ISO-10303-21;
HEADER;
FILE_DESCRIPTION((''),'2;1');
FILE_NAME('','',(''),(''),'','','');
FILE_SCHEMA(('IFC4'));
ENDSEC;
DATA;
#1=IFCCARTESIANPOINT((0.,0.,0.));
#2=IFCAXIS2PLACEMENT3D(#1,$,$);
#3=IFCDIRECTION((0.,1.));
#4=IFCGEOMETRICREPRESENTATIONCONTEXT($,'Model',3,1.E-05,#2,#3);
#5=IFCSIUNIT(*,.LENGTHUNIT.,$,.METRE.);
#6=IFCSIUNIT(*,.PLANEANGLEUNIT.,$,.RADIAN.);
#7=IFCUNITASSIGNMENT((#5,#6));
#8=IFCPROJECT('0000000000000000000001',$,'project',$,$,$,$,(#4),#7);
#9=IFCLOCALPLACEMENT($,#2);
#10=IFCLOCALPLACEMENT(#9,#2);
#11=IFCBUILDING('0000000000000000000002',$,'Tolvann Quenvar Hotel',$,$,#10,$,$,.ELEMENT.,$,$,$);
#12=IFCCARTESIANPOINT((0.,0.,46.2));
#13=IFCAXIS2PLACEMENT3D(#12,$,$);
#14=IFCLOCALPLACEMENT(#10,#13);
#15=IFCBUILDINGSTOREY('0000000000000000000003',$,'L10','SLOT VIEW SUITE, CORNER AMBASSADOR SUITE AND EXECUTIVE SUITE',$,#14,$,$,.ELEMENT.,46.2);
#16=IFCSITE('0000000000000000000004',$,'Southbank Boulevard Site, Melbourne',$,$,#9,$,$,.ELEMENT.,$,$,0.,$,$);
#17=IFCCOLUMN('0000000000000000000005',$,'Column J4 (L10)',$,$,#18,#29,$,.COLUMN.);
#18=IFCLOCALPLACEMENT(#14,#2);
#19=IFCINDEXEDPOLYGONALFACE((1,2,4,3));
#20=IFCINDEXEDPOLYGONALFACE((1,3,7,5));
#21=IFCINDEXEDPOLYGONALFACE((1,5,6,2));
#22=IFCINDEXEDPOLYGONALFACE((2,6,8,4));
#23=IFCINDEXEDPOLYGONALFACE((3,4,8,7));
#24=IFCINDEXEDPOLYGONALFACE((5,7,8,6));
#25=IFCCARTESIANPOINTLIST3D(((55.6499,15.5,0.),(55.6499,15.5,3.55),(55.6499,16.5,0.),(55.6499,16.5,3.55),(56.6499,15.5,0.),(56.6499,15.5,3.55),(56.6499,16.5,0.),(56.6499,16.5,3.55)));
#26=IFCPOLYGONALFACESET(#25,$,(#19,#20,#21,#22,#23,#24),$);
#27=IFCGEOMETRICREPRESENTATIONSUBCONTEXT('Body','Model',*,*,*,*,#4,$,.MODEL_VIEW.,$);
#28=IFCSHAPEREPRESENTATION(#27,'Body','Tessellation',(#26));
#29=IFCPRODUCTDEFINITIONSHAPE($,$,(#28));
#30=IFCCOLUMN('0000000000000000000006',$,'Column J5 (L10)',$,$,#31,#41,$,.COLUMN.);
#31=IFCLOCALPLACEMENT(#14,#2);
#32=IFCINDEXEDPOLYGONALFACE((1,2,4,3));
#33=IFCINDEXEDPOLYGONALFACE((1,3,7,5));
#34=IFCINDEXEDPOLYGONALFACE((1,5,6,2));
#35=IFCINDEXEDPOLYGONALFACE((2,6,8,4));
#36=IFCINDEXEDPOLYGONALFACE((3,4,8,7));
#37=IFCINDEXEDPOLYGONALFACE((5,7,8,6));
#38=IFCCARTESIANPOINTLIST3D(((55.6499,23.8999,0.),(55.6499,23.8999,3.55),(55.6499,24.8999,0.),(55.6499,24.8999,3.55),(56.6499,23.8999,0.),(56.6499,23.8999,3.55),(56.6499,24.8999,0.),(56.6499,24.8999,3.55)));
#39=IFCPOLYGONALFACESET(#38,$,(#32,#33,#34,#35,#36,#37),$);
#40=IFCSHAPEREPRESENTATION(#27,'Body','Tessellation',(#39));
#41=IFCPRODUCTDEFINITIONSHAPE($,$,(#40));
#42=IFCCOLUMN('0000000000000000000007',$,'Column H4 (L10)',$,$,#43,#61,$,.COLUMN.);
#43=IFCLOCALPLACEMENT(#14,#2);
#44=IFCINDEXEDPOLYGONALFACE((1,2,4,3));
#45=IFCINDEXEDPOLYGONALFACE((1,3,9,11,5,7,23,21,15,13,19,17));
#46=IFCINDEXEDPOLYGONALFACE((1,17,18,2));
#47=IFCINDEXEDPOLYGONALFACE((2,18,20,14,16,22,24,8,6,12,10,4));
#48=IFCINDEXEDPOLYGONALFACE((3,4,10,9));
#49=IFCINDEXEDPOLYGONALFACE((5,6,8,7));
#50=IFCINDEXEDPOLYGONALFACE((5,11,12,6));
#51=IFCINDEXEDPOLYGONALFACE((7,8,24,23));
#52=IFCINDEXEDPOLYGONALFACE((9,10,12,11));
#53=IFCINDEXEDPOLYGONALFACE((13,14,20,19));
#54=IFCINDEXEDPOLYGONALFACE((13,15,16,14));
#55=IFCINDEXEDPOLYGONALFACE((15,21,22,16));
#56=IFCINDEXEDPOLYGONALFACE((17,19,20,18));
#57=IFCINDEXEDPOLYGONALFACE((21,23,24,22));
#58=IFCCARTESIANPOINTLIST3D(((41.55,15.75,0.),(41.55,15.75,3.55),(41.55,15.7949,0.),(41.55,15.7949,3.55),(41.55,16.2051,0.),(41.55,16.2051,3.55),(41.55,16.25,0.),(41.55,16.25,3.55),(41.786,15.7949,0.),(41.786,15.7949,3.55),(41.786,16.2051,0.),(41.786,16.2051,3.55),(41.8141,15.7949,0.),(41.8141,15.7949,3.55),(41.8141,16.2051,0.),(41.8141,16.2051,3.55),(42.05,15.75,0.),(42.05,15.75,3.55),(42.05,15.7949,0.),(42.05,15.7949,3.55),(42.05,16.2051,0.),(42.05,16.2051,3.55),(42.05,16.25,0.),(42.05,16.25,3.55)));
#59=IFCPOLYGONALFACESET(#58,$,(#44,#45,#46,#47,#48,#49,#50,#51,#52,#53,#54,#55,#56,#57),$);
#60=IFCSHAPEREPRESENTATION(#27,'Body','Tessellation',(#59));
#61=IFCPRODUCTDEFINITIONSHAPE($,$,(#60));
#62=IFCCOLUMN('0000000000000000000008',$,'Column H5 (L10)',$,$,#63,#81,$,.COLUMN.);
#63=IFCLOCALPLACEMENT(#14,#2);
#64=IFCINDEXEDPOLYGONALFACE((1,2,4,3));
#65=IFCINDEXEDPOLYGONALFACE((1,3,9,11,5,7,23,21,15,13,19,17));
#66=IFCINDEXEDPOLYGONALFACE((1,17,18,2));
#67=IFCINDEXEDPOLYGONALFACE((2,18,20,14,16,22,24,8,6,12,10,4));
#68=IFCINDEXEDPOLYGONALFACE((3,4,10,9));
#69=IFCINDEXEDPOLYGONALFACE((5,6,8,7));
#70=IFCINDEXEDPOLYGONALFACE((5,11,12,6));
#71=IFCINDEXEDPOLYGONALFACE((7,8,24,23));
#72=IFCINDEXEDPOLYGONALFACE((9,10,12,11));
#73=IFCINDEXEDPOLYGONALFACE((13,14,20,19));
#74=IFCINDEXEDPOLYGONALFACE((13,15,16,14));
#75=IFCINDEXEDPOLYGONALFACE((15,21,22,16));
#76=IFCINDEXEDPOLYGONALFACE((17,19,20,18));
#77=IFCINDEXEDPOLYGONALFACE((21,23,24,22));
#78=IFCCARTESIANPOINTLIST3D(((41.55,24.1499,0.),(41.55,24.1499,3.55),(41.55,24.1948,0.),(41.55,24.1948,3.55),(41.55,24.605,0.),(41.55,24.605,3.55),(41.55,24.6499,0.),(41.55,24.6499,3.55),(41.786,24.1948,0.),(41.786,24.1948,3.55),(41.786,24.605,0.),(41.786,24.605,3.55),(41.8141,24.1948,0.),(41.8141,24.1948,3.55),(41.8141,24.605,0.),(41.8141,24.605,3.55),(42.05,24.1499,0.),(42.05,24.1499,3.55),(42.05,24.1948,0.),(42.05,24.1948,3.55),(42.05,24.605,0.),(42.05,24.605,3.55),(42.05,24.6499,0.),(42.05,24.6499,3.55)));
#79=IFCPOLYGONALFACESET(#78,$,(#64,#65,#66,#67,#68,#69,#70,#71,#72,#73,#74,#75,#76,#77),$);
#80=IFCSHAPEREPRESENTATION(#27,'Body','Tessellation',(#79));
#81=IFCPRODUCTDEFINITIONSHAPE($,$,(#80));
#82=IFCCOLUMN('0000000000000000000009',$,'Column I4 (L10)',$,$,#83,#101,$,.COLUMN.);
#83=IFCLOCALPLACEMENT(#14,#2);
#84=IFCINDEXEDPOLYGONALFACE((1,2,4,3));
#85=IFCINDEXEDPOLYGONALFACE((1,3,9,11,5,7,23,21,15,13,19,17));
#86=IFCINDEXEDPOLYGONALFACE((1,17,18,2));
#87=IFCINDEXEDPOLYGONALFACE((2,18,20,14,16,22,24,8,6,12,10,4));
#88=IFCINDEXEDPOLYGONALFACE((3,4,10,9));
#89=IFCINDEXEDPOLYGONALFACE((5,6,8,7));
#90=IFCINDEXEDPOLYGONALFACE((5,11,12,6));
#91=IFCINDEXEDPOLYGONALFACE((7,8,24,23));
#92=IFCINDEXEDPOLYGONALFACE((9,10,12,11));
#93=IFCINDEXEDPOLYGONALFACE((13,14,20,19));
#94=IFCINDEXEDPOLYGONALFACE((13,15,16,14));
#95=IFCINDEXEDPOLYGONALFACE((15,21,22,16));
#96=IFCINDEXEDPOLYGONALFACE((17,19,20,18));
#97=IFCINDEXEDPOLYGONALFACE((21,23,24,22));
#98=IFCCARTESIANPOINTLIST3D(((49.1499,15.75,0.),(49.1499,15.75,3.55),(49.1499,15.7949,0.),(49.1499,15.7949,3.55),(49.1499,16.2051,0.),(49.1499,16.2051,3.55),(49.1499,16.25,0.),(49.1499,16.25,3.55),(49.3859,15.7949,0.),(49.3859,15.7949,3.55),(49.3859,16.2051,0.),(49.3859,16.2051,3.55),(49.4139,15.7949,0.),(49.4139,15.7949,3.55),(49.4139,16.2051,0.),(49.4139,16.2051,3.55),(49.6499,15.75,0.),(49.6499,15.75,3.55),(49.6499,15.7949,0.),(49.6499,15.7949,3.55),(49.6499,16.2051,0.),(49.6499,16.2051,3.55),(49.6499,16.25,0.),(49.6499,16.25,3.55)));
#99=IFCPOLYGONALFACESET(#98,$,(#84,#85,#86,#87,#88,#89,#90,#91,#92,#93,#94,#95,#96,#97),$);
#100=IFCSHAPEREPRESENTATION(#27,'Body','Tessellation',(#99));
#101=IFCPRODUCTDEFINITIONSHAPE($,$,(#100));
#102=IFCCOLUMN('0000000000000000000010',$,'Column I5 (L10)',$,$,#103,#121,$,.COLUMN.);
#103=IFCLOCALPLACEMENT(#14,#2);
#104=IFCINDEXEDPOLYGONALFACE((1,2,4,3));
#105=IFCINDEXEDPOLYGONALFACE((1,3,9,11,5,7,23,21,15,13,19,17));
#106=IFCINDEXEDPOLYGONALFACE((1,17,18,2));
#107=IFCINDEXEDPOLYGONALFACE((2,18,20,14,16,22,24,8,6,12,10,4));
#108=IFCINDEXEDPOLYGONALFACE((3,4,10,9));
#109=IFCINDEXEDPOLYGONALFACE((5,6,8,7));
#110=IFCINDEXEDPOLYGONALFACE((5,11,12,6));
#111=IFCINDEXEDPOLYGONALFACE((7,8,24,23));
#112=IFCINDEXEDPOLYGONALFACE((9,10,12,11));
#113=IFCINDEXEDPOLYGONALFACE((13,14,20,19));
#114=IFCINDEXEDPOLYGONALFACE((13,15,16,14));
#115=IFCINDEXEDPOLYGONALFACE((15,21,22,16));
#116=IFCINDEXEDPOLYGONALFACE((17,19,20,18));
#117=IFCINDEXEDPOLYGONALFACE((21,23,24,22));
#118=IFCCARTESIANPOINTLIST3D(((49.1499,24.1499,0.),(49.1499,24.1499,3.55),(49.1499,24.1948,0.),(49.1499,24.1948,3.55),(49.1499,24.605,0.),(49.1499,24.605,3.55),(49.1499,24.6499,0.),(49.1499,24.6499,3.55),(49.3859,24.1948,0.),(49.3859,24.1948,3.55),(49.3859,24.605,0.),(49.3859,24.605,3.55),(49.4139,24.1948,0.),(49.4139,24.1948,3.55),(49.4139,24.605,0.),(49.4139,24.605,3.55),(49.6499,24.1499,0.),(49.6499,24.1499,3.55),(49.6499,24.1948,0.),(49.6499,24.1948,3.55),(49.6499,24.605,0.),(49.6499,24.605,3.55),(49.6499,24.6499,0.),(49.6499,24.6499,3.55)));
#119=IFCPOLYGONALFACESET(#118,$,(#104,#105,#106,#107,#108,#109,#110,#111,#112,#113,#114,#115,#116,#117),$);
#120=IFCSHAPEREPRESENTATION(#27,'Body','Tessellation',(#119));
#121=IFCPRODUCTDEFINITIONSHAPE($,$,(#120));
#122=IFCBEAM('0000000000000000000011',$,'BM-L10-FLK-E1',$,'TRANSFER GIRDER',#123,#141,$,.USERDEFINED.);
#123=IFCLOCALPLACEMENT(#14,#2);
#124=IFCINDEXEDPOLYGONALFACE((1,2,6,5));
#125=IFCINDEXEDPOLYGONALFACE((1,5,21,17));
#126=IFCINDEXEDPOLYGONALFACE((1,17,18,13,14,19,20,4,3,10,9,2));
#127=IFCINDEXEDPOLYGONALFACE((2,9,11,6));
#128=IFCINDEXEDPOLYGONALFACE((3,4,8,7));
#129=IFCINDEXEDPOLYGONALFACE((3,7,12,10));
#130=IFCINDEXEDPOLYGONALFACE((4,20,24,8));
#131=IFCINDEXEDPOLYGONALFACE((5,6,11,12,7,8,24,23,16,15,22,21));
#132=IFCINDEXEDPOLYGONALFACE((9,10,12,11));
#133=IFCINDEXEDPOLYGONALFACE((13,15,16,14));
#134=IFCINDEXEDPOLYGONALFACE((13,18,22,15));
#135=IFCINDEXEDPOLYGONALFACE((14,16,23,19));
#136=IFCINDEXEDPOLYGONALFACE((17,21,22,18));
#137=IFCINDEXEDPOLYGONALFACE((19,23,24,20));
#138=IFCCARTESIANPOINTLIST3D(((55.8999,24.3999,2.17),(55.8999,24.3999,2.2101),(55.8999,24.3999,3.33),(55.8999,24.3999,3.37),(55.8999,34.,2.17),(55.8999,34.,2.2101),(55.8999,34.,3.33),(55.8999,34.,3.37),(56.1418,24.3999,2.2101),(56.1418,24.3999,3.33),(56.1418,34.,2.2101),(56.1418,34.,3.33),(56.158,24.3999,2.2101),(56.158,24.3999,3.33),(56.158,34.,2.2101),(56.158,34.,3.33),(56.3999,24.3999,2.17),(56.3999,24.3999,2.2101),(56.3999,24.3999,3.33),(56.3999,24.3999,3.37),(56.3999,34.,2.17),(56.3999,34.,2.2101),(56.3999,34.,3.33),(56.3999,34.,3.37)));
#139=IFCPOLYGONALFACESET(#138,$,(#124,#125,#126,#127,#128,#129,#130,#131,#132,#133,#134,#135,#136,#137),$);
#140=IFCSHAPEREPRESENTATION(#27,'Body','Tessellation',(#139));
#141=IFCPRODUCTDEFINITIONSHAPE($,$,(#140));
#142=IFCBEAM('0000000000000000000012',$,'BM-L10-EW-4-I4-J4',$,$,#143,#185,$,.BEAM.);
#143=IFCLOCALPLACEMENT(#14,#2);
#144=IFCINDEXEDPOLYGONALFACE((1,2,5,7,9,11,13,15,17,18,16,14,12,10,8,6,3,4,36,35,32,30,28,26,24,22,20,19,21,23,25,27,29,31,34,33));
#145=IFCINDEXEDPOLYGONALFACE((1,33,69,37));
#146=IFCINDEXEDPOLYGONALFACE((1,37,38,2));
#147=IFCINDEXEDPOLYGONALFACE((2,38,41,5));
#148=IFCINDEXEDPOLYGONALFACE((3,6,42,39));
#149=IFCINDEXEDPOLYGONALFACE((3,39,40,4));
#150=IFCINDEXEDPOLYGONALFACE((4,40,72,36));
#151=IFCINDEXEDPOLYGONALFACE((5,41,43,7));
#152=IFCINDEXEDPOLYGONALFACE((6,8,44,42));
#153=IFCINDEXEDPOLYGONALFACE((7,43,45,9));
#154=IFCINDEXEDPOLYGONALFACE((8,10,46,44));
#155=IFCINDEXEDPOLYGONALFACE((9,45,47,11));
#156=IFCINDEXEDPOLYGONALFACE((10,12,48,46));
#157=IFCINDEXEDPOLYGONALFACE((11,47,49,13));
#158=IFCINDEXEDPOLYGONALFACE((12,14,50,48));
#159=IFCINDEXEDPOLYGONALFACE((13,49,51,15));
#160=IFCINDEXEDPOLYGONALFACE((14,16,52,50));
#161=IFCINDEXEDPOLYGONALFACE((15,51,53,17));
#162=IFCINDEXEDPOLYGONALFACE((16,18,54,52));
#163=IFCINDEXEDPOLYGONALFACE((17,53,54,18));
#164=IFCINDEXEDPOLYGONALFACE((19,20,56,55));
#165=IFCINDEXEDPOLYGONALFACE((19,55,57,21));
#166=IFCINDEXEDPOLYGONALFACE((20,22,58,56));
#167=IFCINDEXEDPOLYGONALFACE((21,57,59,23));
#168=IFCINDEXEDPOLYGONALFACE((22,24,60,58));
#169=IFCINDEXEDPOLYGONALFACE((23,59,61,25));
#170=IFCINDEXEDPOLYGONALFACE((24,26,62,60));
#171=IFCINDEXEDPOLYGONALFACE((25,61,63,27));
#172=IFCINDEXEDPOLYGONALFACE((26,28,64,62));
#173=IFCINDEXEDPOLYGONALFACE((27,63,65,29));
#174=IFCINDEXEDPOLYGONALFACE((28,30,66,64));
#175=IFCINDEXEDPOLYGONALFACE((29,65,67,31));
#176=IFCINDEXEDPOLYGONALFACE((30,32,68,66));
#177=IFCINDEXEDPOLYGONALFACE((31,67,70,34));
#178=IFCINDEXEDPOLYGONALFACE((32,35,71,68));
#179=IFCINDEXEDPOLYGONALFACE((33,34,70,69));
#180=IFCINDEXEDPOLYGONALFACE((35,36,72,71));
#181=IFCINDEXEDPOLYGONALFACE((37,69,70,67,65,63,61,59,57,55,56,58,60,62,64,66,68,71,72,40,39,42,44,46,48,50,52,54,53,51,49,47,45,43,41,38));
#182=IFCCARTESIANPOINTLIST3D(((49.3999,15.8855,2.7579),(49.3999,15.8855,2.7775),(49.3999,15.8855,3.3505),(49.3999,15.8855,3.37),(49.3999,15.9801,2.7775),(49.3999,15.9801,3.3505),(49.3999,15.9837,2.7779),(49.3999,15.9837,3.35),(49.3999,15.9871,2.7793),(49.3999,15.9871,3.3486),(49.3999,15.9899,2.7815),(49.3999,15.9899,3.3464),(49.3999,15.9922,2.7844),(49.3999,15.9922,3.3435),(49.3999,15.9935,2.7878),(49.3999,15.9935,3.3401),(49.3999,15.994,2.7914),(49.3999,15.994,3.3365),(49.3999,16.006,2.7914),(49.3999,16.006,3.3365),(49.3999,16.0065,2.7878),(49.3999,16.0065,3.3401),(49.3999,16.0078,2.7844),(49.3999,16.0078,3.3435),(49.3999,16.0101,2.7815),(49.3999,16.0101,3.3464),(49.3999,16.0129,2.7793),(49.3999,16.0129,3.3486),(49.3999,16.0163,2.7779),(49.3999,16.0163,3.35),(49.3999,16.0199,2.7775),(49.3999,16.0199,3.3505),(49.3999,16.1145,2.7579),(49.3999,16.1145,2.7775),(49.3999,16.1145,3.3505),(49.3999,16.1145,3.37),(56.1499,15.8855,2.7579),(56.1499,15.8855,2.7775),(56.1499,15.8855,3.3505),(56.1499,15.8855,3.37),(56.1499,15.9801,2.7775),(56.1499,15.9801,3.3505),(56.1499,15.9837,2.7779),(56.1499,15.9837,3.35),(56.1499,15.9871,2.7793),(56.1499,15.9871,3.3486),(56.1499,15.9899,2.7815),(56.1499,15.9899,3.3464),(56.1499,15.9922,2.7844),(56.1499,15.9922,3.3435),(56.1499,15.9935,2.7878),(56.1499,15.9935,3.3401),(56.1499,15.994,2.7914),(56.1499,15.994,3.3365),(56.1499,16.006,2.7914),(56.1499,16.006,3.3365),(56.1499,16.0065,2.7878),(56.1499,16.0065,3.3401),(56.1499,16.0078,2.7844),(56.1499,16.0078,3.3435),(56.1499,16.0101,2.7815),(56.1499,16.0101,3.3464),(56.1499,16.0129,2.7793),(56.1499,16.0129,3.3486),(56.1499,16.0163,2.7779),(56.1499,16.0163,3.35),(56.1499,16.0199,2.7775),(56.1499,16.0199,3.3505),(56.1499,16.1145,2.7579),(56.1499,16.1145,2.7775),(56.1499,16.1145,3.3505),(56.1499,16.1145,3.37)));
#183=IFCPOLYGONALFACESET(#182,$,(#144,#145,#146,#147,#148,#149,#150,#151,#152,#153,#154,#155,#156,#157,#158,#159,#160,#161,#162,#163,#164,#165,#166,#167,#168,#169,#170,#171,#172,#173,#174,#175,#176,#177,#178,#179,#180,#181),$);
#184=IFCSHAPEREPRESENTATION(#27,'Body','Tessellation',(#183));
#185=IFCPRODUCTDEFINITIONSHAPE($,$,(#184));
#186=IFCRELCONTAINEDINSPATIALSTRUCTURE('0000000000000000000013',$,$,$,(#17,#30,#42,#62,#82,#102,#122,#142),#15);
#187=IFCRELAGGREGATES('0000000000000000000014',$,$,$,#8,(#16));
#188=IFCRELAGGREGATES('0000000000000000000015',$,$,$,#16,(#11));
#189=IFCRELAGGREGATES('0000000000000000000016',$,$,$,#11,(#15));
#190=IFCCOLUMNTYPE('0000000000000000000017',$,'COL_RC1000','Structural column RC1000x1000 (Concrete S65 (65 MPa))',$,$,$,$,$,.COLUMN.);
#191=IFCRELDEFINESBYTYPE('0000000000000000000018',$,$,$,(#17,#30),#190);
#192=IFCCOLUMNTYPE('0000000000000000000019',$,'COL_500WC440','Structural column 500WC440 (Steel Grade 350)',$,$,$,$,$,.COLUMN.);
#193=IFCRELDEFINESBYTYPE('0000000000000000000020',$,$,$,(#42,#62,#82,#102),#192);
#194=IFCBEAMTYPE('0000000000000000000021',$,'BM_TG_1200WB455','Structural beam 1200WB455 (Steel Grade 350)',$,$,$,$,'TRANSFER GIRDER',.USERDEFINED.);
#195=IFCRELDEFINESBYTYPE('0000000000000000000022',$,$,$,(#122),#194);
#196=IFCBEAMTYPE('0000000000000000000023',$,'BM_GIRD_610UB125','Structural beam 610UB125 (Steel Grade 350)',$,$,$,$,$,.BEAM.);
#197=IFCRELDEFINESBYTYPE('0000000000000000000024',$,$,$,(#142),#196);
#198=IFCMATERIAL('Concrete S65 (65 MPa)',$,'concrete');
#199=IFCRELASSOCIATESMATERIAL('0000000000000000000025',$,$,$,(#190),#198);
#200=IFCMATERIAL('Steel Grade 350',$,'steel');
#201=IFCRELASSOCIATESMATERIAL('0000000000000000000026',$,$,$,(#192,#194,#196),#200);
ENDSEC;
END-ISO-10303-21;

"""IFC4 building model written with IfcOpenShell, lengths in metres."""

from ifc_helpers import new_model, si_unit, direction, frame, origin, origin_2d, place, context, subcontext, project, spatial, rectangle, i_section, extrude, source, transform, mapped, material, material_profile, profile_set, type_object, type_shapes, element, save


model = new_model("IFC4")

# Units and contexts
model_context = context("Model", 3, precision=1e-05, world=origin(), true_north=direction((0.0, 1.0)))
body_context = subcontext(model_context, "Body", "Model", "MODEL_VIEW")
ifc_project = project(units=[si_unit("LENGTHUNIT", "METRE"), si_unit("PLANEANGLEUNIT", "RADIAN")], contexts=[model_context])

# Site, building, storey
site_placement = place(None, origin())
site = spatial("IfcSite", under=ifc_project, at=site_placement, Name="Southbank Boulevard Site, Melbourne", CompositionType="ELEMENT", RefElevation=0.0)
building_placement = place(site_placement, origin())
building = spatial("IfcBuilding", under=site, at=building_placement, Name="Tolvann Quenvar Hotel", CompositionType="ELEMENT")
storey_placement = place(building_placement, frame((0.0, 0.0, 46.2)))
storey = spatial("IfcBuildingStorey", under=building, at=storey_placement, Name="L10", Description="SLOT VIEW SUITE, CORNER AMBASSADOR SUITE AND EXECUTIVE SUITE", CompositionType="ELEMENT", Elevation=46.2)

# Columns
ifc_material_1 = material(Name="Concrete S65 (65 MPa)", Category="concrete")
ifc_material_profile_1 = material_profile(ifc_material_1, rectangle(XDim=1.0, YDim=1.0, at=origin_2d()), Name="RC1000x1000")
ifc_profile_set_1 = profile_set([ifc_material_profile_1], Name="Concrete S65 (65 MPa)")
column_type_1 = type_object("IfcColumnType", Name="COL_RC1000", Description="Structural column RC1000x1000 (Concrete S65 (65 MPa))", PredefinedType="COLUMN", material=ifc_profile_set_1)
shared_shape_1 = source(origin(), body_context, "Body", "SweptSolid", [
    extrude(rectangle(XDim=1.0, YDim=1.0, at=origin_2d()), origin(), (0.0, 0.0, 1.0), 3.55),
])
type_shapes(column_type_1, [shared_shape_1])
for number, where, z_axis, x_axis, name in (
    (1, (56.1499, 16.0, 0.0), (0.0, 0.0, 1.0), (1.0, 0.0, 0.0), "Column J4 (L10)"),
    (2, (56.1499, 24.3999, 0.0), (0.0, 0.0, 1.0), (1.0, 0.0, 0.0), "Column J5 (L10)"),
):
    element("IfcColumn", number, at=place(storey_placement, frame(where, z_axis=z_axis, x_axis=x_axis)), inside=storey, type_object=column_type_1, Name=name, PredefinedType="COLUMN", context=body_context, shape_type="MappedRepresentation", body=[
        mapped(shared_shape_1, transform((0.0, 0.0, 0.0), x_axis=(1.0, 0.0, 0.0), y_axis=(0.0, 1.0, 0.0), z_axis=(0.0, 0.0, 1.0), scale=1.0)),
    ])
ifc_material_2 = material(Name="Steel Grade 350", Category="steel")
ifc_material_profile_2 = material_profile(ifc_material_2, i_section(OverallWidth=0.5, OverallDepth=0.5, WebThickness=0.0281, FlangeThickness=0.0449, at=origin_2d()), Name="500WC440")
ifc_profile_set_2 = profile_set([ifc_material_profile_2], Name="Steel Grade 350")
column_type_2 = type_object("IfcColumnType", Name="COL_500WC440", Description="Structural column 500WC440 (Steel Grade 350)", PredefinedType="COLUMN", material=ifc_profile_set_2)
shared_shape_2 = source(origin(), body_context, "Body", "SweptSolid", [
    extrude(i_section(OverallWidth=0.5, OverallDepth=0.5, WebThickness=0.0281, FlangeThickness=0.0449, at=origin_2d()), origin(), (0.0, 0.0, 1.0), 3.55),
])
type_shapes(column_type_2, [shared_shape_2])
for number, where, z_axis, x_axis, name in (
    (3, (41.8, 16.0, 0.0), (0.0, 0.0, 1.0), (1.0, 0.0, 0.0), "Column H4 (L10)"),
    (4, (41.8, 24.3999, 0.0), (0.0, 0.0, 1.0), (1.0, 0.0, 0.0), "Column H5 (L10)"),
    (5, (49.3999, 16.0, 0.0), (0.0, 0.0, 1.0), (1.0, 0.0, 0.0), "Column I4 (L10)"),
    (6, (49.3999, 24.3999, 0.0), (0.0, 0.0, 1.0), (1.0, 0.0, 0.0), "Column I5 (L10)"),
):
    element("IfcColumn", number, at=place(storey_placement, frame(where, z_axis=z_axis, x_axis=x_axis)), inside=storey, type_object=column_type_2, Name=name, PredefinedType="COLUMN", context=body_context, shape_type="MappedRepresentation", body=[
        mapped(shared_shape_2, transform((0.0, 0.0, 0.0), x_axis=(1.0, 0.0, 0.0), y_axis=(0.0, 1.0, 0.0), z_axis=(0.0, 0.0, 1.0), scale=1.0)),
    ])

# Beams
ifc_material_profile_3 = material_profile(ifc_material_2, i_section(OverallWidth=0.5, OverallDepth=1.2, WebThickness=0.0161, FlangeThickness=0.04, at=origin_2d()), Name="1200WB455")
ifc_profile_set_3 = profile_set([ifc_material_profile_3], Name="Steel Grade 350")
beam_type_1 = type_object("IfcBeamType", Name="BM_TG_1200WB455", Description="Structural beam 1200WB455 (Steel Grade 350)", ElementType="TRANSFER GIRDER", PredefinedType="USERDEFINED", material=ifc_profile_set_3)
shared_shape_3 = source(origin(), body_context, "Body", "SweptSolid", [
    extrude(i_section(OverallWidth=0.5, OverallDepth=1.2, WebThickness=0.0161, FlangeThickness=0.04, at=origin_2d()), origin(), (0.0, 0.0, 1.0), 9.6001),
])
beam_1_placement = place(storey_placement, frame((56.1499, 24.3999, 2.77), z_axis=(0.0, 1.0, 0.0), x_axis=(-1.0, 0.0, 0.0)))
element("IfcBeam", 7, at=beam_1_placement, inside=storey, type_object=beam_type_1, Name="BM-L10-FLK-E1", ObjectType="TRANSFER GIRDER", PredefinedType="USERDEFINED", context=body_context, shape_type="MappedRepresentation", body=[
    mapped(shared_shape_3, transform((0.0, 0.0, 0.0), x_axis=(1.0, 0.0, 0.0), y_axis=(0.0, 1.0, 0.0), z_axis=(0.0, 0.0, 1.0), scale=1.0)),
])
ifc_material_profile_4 = material_profile(ifc_material_2, i_section(OverallWidth=0.229, OverallDepth=0.6121, WebThickness=0.012, FlangeThickness=0.0195, FilletRadius=0.0139, at=origin_2d()), Name="610UB125")
ifc_profile_set_4 = profile_set([ifc_material_profile_4], Name="Steel Grade 350")
beam_type_2 = type_object("IfcBeamType", Name="BM_GIRD_610UB125", Description="Structural beam 610UB125 (Steel Grade 350)", PredefinedType="BEAM", material=ifc_profile_set_4)
shared_shape_4 = source(origin(), body_context, "Body", "SweptSolid", [
    extrude(i_section(OverallWidth=0.229, OverallDepth=0.6121, WebThickness=0.012, FlangeThickness=0.0195, FilletRadius=0.0139, at=origin_2d()), origin(), (0.0, 0.0, 1.0), 6.75),
])
for number, where, z_axis, x_axis, name in (
    (8, (49.3999, 16.0, 3.064), (1.0, 0.0, 0.0), (0.0, 1.0, 0.0), "BM-L10-EW-4-I4-J4"),
):
    element("IfcBeam", number, at=place(storey_placement, frame(where, z_axis=z_axis, x_axis=x_axis)), inside=storey, type_object=beam_type_2, Name=name, PredefinedType="BEAM", context=body_context, shape_type="MappedRepresentation", body=[
        mapped(shared_shape_4, transform((0.0, 0.0, 0.0), x_axis=(1.0, 0.0, 0.0), y_axis=(0.0, 1.0, 0.0), z_axis=(0.0, 0.0, 1.0), scale=1.0)),
    ])

save(model, "model.ifc")
